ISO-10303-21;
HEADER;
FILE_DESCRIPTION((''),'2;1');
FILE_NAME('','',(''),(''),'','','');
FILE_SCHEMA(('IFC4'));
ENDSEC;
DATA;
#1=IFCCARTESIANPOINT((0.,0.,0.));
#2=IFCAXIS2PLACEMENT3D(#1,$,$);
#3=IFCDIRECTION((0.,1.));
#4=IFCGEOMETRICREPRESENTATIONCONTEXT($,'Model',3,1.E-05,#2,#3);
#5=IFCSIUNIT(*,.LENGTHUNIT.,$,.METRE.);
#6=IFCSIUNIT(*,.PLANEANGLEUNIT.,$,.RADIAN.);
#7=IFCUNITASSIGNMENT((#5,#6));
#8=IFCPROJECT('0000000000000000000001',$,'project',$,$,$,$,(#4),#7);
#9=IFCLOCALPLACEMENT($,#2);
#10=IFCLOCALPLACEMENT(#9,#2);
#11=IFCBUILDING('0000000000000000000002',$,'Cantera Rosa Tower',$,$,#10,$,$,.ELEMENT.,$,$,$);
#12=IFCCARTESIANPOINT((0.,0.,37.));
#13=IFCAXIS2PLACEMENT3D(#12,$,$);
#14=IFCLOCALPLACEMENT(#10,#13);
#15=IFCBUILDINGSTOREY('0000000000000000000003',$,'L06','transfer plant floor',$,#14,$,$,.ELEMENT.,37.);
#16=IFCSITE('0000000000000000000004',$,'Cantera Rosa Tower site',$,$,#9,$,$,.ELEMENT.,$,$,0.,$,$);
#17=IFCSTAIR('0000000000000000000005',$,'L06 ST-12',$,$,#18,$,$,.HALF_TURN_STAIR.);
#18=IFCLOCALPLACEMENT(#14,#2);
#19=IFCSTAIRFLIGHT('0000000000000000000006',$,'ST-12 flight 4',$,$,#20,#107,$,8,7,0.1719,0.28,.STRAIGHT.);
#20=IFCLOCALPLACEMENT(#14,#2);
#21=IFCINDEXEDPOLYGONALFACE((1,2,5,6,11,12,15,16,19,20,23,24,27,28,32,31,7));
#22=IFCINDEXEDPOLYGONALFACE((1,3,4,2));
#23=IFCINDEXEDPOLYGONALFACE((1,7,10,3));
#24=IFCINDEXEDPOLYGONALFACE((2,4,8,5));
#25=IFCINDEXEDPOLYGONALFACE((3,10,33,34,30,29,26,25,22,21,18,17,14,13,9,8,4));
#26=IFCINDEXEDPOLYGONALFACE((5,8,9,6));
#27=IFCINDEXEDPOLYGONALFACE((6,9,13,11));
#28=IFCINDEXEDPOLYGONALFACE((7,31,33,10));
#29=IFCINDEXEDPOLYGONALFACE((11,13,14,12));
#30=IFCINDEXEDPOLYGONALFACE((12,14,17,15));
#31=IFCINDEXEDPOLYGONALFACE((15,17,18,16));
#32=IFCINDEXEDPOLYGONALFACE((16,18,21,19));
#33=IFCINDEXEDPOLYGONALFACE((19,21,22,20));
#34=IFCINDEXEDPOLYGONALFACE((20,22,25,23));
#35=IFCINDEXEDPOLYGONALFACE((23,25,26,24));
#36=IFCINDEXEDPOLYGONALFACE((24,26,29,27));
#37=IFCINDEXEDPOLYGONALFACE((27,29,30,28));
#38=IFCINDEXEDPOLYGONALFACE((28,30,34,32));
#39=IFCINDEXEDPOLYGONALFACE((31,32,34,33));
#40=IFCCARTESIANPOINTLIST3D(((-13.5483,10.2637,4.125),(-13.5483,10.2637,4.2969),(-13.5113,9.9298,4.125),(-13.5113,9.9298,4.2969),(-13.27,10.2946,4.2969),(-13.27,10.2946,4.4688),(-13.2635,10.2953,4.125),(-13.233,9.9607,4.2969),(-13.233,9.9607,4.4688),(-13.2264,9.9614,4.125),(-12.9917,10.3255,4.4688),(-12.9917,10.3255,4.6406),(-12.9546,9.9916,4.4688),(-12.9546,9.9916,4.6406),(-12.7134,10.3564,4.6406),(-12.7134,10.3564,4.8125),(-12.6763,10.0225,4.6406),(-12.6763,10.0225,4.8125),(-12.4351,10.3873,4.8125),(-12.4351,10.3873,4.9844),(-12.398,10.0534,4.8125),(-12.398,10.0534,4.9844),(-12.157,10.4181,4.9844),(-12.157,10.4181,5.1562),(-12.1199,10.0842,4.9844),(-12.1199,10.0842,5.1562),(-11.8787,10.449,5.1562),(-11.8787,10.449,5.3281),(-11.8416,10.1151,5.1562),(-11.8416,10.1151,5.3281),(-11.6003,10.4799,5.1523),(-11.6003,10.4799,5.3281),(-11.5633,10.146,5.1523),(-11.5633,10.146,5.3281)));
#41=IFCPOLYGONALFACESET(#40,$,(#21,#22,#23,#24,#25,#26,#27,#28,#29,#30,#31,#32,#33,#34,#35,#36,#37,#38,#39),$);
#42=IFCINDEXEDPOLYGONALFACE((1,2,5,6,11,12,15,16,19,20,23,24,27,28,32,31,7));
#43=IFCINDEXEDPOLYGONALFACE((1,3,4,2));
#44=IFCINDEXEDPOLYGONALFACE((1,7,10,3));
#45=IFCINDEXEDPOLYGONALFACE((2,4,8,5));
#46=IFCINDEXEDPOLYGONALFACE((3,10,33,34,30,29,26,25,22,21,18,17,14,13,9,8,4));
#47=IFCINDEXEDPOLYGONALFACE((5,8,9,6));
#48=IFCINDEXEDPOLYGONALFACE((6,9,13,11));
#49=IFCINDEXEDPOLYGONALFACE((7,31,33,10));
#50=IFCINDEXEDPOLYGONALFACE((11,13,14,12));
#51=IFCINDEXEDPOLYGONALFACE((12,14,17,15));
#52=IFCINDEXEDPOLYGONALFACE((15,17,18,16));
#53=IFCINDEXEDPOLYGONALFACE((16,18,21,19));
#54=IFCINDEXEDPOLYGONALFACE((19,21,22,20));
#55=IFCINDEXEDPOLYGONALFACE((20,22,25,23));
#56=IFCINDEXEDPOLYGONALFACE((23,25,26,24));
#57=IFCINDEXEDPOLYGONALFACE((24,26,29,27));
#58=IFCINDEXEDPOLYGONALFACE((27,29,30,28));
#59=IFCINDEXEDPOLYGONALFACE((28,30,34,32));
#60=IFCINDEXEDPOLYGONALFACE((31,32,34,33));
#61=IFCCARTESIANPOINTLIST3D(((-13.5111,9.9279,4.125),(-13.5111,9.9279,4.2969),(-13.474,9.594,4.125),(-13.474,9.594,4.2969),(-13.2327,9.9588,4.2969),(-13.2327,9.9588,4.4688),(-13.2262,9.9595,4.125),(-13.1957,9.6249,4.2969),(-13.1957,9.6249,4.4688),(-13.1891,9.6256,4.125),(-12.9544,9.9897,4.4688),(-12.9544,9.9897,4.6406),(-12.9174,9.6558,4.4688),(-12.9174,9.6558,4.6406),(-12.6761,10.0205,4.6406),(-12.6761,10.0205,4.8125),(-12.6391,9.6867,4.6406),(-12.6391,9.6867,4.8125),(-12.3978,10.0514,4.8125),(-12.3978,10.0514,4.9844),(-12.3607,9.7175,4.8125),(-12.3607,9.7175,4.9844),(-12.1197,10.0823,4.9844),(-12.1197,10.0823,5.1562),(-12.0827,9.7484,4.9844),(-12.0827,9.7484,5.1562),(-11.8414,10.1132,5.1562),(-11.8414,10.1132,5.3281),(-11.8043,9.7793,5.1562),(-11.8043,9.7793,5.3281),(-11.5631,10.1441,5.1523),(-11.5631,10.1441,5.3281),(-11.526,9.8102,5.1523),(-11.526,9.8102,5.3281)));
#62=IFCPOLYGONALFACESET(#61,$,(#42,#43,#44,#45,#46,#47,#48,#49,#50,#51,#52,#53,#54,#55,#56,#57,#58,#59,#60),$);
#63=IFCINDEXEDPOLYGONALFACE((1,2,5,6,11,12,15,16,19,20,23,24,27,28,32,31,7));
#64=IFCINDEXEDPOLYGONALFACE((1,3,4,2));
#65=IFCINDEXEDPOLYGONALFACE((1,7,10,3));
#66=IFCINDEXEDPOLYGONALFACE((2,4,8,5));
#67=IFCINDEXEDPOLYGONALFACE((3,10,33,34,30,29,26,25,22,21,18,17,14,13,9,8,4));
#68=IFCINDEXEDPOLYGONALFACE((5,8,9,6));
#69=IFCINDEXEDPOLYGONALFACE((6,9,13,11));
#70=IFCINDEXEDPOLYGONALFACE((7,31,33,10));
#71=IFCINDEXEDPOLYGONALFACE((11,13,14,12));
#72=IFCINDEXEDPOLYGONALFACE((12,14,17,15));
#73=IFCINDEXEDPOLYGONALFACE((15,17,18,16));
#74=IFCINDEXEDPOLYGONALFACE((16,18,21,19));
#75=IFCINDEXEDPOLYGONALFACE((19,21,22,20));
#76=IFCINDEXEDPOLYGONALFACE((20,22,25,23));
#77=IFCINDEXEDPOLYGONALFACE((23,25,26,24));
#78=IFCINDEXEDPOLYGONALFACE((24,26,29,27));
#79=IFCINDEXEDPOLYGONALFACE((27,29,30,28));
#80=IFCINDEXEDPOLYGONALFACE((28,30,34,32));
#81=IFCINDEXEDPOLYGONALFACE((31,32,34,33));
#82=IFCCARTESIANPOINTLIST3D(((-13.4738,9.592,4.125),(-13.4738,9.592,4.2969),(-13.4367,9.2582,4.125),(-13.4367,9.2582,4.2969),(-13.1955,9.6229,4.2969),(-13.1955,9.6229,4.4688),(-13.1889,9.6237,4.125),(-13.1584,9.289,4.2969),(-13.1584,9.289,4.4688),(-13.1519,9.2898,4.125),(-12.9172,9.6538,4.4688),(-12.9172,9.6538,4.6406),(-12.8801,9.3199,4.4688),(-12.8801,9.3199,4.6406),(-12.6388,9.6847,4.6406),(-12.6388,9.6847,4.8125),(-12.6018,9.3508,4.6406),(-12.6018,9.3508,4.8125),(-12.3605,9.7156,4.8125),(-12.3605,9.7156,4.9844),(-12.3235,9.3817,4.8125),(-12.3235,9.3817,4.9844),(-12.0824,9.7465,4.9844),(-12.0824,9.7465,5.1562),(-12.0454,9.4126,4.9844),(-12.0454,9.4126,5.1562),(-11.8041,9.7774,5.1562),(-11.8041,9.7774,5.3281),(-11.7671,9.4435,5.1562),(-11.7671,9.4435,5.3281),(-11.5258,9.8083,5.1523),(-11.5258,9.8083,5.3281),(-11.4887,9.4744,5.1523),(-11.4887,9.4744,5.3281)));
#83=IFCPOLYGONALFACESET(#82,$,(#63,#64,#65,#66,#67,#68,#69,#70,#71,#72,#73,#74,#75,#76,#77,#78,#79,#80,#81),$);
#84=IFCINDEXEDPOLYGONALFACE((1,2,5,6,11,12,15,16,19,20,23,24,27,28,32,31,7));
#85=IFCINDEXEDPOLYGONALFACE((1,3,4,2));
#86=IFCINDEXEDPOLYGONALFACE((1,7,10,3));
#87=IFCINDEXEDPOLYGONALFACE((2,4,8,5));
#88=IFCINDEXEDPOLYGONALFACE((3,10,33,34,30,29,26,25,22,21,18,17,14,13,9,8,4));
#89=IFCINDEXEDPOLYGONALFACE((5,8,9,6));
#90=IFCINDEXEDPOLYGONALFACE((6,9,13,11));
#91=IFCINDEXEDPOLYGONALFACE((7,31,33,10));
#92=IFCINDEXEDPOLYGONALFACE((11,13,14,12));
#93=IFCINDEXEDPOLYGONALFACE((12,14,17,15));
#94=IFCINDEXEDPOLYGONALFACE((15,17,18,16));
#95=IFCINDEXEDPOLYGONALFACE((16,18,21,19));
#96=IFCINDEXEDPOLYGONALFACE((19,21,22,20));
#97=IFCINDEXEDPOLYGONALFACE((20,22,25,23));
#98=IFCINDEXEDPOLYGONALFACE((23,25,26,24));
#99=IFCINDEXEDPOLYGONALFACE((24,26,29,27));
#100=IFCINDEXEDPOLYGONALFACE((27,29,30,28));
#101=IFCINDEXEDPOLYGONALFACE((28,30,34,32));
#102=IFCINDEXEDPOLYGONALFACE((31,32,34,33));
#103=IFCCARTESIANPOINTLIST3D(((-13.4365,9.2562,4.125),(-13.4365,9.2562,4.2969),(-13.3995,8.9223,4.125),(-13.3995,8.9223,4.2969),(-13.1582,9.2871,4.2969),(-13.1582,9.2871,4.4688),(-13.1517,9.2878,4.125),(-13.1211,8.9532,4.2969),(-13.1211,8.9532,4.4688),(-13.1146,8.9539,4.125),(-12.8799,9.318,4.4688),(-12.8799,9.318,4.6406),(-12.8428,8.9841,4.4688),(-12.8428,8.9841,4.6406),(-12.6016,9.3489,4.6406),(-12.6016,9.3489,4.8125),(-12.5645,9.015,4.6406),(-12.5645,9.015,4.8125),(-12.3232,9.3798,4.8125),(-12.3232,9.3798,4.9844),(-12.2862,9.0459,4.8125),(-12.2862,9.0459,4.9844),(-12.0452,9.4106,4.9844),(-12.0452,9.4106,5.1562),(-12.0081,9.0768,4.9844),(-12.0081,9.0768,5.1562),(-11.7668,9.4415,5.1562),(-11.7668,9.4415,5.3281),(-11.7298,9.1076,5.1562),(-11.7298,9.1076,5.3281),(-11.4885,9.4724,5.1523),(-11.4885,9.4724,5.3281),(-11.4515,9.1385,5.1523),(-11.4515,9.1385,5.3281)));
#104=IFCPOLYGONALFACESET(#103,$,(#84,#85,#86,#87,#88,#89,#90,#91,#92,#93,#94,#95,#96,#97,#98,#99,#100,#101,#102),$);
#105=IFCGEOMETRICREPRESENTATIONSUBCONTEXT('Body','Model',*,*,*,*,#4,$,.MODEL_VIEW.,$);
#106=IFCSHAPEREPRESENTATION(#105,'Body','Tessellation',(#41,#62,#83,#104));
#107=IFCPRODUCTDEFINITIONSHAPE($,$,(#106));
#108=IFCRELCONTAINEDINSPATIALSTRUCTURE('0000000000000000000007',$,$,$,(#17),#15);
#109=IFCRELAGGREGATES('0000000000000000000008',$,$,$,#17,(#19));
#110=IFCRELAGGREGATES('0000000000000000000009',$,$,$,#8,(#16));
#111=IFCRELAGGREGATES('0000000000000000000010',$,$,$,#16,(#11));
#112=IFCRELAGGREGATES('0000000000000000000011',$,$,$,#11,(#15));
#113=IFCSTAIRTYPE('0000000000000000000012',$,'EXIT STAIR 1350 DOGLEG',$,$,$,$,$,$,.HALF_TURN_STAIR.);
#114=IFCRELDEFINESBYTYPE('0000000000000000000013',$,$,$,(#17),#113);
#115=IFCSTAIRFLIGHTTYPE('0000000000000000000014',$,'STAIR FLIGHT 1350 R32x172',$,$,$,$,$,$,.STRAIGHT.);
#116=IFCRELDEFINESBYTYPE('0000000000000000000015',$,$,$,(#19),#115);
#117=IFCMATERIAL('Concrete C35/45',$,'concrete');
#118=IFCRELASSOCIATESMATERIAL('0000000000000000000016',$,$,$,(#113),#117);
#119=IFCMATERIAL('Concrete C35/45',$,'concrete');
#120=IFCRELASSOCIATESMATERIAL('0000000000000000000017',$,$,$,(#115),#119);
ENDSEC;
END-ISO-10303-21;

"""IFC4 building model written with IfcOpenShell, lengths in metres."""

from ifc_helpers import new_model, si_unit, direction, frame, origin, place, context, subcontext, project, spatial, polyline, outline, extrude, material, type_object, element, aggregate, save


model = new_model("IFC4")

# Units and contexts
model_context = context("Model", 3, precision=1e-05, world=origin(), true_north=direction((0.0, 1.0)))
body_context = subcontext(model_context, "Body", "Model", "MODEL_VIEW")
ifc_project = project(units=[si_unit("LENGTHUNIT", "METRE"), si_unit("PLANEANGLEUNIT", "RADIAN")], contexts=[model_context])

# Site, building, storey
site_placement = place(None, origin())
site = spatial("IfcSite", under=ifc_project, at=site_placement, Name="Cantera Rosa Tower site", CompositionType="ELEMENT", RefElevation=0.0)
building_placement = place(site_placement, origin())
building = spatial("IfcBuilding", under=site, at=building_placement, Name="Cantera Rosa Tower", CompositionType="ELEMENT")
storey_placement = place(building_placement, frame((0.0, 0.0, 37.0)))
storey = spatial("IfcBuildingStorey", under=building, at=storey_placement, Name="L06", Description="transfer plant floor", CompositionType="ELEMENT", Elevation=37.0)

# Stair, stair flight
ifc_material_1 = material(Name="Concrete C35/45", Category="concrete")
stair_type = type_object("IfcStairType", Name="EXIT STAIR 1350 DOGLEG", PredefinedType="HALF_TURN_STAIR", material=ifc_material_1)
stair_placement = place(storey_placement, origin())
stair = element("IfcStair", 1, at=stair_placement, inside=storey, type_object=stair_type, Name="L06 ST-12", PredefinedType="HALF_TURN_STAIR")
ifc_material_2 = material(Name="Concrete C35/45", Category="concrete")
stair_flight_type = type_object("IfcStairFlightType", Name="STAIR FLIGHT 1350 R32x172", PredefinedType="STRAIGHT", material=ifc_material_2)
stair_flight_1_placement = place(storey_placement, frame((-13.4739, 9.5928, 4.125), z_axis=(0.0, 0.0, 1.0), x_axis=(0.993897, 0.110313, 0.0)))
stair_flight_1 = element("IfcStairFlight", 2, at=stair_flight_1_placement, type_object=stair_flight_type, Name="ST-12 flight 4", NumberOfRisers=8, NumberOfTreads=7, PredefinedType="STRAIGHT", RiserHeight=0.1719, TreadLength=0.28, context=body_context, shape_type="SweptSolid", body=[
    extrude(outline(polyline([(0.0, 0.0), (0.0, 0.1719), (0.28, 0.1719), (0.28, 0.3438), (0.5601, 0.3438), (0.5601, 0.5156), (0.8401, 0.5156), (0.8401, 0.6875), (1.1201, 0.6875), (1.1201, 0.8594), (1.3999, 0.8594), (1.3999, 1.0312), (1.6799, 1.0312), (1.6799, 1.2031), (1.96, 1.2031), (1.96, 1.375), (1.96, 1.0273), (0.2866, 0.0), (0.0, 0.0)])), frame((0.0, 0.675, 0.0), z_axis=(0.0, -1.0, 0.0), x_axis=(1.0, 0.0, 0.0)), (0.0, 0.0, 1.0), 0.3359),
    extrude(outline(polyline([(0.0, 0.0), (0.0, 0.1719), (0.28, 0.1719), (0.28, 0.3438), (0.5601, 0.3438), (0.5601, 0.5156), (0.8401, 0.5156), (0.8401, 0.6875), (1.1201, 0.6875), (1.1201, 0.8594), (1.3999, 0.8594), (1.3999, 1.0312), (1.6799, 1.0312), (1.6799, 1.2031), (1.96, 1.2031), (1.96, 1.375), (1.96, 1.0273), (0.2866, 0.0), (0.0, 0.0)])), frame((0.0, 0.3372, 0.0), z_axis=(0.0, -1.0, 0.0), x_axis=(1.0, 0.0, 0.0)), (0.0, 0.0, 1.0), 0.3359),
    extrude(outline(polyline([(0.0, 0.0), (0.0, 0.1719), (0.28, 0.1719), (0.28, 0.3438), (0.5601, 0.3438), (0.5601, 0.5156), (0.8401, 0.5156), (0.8401, 0.6875), (1.1201, 0.6875), (1.1201, 0.8594), (1.3999, 0.8594), (1.3999, 1.0312), (1.6799, 1.0312), (1.6799, 1.2031), (1.96, 1.2031), (1.96, 1.375), (1.96, 1.0273), (0.2866, 0.0), (0.0, 0.0)])), frame((0.0, -0.0007, 0.0), z_axis=(0.0, -1.0, 0.0), x_axis=(1.0, 0.0, 0.0)), (0.0, 0.0, 1.0), 0.3359),
    extrude(outline(polyline([(0.0, 0.0), (0.0, 0.1719), (0.28, 0.1719), (0.28, 0.3438), (0.5601, 0.3438), (0.5601, 0.5156), (0.8401, 0.5156), (0.8401, 0.6875), (1.1201, 0.6875), (1.1201, 0.8594), (1.3999, 0.8594), (1.3999, 1.0312), (1.6799, 1.0312), (1.6799, 1.2031), (1.96, 1.2031), (1.96, 1.375), (1.96, 1.0273), (0.2866, 0.0), (0.0, 0.0)])), frame((0.0, -0.3386, 0.0), z_axis=(0.0, -1.0, 0.0), x_axis=(1.0, 0.0, 0.0)), (0.0, 0.0, 1.0), 0.3359),
])
aggregate(stair, [stair_flight_1])

save(model, "model.ifc")
